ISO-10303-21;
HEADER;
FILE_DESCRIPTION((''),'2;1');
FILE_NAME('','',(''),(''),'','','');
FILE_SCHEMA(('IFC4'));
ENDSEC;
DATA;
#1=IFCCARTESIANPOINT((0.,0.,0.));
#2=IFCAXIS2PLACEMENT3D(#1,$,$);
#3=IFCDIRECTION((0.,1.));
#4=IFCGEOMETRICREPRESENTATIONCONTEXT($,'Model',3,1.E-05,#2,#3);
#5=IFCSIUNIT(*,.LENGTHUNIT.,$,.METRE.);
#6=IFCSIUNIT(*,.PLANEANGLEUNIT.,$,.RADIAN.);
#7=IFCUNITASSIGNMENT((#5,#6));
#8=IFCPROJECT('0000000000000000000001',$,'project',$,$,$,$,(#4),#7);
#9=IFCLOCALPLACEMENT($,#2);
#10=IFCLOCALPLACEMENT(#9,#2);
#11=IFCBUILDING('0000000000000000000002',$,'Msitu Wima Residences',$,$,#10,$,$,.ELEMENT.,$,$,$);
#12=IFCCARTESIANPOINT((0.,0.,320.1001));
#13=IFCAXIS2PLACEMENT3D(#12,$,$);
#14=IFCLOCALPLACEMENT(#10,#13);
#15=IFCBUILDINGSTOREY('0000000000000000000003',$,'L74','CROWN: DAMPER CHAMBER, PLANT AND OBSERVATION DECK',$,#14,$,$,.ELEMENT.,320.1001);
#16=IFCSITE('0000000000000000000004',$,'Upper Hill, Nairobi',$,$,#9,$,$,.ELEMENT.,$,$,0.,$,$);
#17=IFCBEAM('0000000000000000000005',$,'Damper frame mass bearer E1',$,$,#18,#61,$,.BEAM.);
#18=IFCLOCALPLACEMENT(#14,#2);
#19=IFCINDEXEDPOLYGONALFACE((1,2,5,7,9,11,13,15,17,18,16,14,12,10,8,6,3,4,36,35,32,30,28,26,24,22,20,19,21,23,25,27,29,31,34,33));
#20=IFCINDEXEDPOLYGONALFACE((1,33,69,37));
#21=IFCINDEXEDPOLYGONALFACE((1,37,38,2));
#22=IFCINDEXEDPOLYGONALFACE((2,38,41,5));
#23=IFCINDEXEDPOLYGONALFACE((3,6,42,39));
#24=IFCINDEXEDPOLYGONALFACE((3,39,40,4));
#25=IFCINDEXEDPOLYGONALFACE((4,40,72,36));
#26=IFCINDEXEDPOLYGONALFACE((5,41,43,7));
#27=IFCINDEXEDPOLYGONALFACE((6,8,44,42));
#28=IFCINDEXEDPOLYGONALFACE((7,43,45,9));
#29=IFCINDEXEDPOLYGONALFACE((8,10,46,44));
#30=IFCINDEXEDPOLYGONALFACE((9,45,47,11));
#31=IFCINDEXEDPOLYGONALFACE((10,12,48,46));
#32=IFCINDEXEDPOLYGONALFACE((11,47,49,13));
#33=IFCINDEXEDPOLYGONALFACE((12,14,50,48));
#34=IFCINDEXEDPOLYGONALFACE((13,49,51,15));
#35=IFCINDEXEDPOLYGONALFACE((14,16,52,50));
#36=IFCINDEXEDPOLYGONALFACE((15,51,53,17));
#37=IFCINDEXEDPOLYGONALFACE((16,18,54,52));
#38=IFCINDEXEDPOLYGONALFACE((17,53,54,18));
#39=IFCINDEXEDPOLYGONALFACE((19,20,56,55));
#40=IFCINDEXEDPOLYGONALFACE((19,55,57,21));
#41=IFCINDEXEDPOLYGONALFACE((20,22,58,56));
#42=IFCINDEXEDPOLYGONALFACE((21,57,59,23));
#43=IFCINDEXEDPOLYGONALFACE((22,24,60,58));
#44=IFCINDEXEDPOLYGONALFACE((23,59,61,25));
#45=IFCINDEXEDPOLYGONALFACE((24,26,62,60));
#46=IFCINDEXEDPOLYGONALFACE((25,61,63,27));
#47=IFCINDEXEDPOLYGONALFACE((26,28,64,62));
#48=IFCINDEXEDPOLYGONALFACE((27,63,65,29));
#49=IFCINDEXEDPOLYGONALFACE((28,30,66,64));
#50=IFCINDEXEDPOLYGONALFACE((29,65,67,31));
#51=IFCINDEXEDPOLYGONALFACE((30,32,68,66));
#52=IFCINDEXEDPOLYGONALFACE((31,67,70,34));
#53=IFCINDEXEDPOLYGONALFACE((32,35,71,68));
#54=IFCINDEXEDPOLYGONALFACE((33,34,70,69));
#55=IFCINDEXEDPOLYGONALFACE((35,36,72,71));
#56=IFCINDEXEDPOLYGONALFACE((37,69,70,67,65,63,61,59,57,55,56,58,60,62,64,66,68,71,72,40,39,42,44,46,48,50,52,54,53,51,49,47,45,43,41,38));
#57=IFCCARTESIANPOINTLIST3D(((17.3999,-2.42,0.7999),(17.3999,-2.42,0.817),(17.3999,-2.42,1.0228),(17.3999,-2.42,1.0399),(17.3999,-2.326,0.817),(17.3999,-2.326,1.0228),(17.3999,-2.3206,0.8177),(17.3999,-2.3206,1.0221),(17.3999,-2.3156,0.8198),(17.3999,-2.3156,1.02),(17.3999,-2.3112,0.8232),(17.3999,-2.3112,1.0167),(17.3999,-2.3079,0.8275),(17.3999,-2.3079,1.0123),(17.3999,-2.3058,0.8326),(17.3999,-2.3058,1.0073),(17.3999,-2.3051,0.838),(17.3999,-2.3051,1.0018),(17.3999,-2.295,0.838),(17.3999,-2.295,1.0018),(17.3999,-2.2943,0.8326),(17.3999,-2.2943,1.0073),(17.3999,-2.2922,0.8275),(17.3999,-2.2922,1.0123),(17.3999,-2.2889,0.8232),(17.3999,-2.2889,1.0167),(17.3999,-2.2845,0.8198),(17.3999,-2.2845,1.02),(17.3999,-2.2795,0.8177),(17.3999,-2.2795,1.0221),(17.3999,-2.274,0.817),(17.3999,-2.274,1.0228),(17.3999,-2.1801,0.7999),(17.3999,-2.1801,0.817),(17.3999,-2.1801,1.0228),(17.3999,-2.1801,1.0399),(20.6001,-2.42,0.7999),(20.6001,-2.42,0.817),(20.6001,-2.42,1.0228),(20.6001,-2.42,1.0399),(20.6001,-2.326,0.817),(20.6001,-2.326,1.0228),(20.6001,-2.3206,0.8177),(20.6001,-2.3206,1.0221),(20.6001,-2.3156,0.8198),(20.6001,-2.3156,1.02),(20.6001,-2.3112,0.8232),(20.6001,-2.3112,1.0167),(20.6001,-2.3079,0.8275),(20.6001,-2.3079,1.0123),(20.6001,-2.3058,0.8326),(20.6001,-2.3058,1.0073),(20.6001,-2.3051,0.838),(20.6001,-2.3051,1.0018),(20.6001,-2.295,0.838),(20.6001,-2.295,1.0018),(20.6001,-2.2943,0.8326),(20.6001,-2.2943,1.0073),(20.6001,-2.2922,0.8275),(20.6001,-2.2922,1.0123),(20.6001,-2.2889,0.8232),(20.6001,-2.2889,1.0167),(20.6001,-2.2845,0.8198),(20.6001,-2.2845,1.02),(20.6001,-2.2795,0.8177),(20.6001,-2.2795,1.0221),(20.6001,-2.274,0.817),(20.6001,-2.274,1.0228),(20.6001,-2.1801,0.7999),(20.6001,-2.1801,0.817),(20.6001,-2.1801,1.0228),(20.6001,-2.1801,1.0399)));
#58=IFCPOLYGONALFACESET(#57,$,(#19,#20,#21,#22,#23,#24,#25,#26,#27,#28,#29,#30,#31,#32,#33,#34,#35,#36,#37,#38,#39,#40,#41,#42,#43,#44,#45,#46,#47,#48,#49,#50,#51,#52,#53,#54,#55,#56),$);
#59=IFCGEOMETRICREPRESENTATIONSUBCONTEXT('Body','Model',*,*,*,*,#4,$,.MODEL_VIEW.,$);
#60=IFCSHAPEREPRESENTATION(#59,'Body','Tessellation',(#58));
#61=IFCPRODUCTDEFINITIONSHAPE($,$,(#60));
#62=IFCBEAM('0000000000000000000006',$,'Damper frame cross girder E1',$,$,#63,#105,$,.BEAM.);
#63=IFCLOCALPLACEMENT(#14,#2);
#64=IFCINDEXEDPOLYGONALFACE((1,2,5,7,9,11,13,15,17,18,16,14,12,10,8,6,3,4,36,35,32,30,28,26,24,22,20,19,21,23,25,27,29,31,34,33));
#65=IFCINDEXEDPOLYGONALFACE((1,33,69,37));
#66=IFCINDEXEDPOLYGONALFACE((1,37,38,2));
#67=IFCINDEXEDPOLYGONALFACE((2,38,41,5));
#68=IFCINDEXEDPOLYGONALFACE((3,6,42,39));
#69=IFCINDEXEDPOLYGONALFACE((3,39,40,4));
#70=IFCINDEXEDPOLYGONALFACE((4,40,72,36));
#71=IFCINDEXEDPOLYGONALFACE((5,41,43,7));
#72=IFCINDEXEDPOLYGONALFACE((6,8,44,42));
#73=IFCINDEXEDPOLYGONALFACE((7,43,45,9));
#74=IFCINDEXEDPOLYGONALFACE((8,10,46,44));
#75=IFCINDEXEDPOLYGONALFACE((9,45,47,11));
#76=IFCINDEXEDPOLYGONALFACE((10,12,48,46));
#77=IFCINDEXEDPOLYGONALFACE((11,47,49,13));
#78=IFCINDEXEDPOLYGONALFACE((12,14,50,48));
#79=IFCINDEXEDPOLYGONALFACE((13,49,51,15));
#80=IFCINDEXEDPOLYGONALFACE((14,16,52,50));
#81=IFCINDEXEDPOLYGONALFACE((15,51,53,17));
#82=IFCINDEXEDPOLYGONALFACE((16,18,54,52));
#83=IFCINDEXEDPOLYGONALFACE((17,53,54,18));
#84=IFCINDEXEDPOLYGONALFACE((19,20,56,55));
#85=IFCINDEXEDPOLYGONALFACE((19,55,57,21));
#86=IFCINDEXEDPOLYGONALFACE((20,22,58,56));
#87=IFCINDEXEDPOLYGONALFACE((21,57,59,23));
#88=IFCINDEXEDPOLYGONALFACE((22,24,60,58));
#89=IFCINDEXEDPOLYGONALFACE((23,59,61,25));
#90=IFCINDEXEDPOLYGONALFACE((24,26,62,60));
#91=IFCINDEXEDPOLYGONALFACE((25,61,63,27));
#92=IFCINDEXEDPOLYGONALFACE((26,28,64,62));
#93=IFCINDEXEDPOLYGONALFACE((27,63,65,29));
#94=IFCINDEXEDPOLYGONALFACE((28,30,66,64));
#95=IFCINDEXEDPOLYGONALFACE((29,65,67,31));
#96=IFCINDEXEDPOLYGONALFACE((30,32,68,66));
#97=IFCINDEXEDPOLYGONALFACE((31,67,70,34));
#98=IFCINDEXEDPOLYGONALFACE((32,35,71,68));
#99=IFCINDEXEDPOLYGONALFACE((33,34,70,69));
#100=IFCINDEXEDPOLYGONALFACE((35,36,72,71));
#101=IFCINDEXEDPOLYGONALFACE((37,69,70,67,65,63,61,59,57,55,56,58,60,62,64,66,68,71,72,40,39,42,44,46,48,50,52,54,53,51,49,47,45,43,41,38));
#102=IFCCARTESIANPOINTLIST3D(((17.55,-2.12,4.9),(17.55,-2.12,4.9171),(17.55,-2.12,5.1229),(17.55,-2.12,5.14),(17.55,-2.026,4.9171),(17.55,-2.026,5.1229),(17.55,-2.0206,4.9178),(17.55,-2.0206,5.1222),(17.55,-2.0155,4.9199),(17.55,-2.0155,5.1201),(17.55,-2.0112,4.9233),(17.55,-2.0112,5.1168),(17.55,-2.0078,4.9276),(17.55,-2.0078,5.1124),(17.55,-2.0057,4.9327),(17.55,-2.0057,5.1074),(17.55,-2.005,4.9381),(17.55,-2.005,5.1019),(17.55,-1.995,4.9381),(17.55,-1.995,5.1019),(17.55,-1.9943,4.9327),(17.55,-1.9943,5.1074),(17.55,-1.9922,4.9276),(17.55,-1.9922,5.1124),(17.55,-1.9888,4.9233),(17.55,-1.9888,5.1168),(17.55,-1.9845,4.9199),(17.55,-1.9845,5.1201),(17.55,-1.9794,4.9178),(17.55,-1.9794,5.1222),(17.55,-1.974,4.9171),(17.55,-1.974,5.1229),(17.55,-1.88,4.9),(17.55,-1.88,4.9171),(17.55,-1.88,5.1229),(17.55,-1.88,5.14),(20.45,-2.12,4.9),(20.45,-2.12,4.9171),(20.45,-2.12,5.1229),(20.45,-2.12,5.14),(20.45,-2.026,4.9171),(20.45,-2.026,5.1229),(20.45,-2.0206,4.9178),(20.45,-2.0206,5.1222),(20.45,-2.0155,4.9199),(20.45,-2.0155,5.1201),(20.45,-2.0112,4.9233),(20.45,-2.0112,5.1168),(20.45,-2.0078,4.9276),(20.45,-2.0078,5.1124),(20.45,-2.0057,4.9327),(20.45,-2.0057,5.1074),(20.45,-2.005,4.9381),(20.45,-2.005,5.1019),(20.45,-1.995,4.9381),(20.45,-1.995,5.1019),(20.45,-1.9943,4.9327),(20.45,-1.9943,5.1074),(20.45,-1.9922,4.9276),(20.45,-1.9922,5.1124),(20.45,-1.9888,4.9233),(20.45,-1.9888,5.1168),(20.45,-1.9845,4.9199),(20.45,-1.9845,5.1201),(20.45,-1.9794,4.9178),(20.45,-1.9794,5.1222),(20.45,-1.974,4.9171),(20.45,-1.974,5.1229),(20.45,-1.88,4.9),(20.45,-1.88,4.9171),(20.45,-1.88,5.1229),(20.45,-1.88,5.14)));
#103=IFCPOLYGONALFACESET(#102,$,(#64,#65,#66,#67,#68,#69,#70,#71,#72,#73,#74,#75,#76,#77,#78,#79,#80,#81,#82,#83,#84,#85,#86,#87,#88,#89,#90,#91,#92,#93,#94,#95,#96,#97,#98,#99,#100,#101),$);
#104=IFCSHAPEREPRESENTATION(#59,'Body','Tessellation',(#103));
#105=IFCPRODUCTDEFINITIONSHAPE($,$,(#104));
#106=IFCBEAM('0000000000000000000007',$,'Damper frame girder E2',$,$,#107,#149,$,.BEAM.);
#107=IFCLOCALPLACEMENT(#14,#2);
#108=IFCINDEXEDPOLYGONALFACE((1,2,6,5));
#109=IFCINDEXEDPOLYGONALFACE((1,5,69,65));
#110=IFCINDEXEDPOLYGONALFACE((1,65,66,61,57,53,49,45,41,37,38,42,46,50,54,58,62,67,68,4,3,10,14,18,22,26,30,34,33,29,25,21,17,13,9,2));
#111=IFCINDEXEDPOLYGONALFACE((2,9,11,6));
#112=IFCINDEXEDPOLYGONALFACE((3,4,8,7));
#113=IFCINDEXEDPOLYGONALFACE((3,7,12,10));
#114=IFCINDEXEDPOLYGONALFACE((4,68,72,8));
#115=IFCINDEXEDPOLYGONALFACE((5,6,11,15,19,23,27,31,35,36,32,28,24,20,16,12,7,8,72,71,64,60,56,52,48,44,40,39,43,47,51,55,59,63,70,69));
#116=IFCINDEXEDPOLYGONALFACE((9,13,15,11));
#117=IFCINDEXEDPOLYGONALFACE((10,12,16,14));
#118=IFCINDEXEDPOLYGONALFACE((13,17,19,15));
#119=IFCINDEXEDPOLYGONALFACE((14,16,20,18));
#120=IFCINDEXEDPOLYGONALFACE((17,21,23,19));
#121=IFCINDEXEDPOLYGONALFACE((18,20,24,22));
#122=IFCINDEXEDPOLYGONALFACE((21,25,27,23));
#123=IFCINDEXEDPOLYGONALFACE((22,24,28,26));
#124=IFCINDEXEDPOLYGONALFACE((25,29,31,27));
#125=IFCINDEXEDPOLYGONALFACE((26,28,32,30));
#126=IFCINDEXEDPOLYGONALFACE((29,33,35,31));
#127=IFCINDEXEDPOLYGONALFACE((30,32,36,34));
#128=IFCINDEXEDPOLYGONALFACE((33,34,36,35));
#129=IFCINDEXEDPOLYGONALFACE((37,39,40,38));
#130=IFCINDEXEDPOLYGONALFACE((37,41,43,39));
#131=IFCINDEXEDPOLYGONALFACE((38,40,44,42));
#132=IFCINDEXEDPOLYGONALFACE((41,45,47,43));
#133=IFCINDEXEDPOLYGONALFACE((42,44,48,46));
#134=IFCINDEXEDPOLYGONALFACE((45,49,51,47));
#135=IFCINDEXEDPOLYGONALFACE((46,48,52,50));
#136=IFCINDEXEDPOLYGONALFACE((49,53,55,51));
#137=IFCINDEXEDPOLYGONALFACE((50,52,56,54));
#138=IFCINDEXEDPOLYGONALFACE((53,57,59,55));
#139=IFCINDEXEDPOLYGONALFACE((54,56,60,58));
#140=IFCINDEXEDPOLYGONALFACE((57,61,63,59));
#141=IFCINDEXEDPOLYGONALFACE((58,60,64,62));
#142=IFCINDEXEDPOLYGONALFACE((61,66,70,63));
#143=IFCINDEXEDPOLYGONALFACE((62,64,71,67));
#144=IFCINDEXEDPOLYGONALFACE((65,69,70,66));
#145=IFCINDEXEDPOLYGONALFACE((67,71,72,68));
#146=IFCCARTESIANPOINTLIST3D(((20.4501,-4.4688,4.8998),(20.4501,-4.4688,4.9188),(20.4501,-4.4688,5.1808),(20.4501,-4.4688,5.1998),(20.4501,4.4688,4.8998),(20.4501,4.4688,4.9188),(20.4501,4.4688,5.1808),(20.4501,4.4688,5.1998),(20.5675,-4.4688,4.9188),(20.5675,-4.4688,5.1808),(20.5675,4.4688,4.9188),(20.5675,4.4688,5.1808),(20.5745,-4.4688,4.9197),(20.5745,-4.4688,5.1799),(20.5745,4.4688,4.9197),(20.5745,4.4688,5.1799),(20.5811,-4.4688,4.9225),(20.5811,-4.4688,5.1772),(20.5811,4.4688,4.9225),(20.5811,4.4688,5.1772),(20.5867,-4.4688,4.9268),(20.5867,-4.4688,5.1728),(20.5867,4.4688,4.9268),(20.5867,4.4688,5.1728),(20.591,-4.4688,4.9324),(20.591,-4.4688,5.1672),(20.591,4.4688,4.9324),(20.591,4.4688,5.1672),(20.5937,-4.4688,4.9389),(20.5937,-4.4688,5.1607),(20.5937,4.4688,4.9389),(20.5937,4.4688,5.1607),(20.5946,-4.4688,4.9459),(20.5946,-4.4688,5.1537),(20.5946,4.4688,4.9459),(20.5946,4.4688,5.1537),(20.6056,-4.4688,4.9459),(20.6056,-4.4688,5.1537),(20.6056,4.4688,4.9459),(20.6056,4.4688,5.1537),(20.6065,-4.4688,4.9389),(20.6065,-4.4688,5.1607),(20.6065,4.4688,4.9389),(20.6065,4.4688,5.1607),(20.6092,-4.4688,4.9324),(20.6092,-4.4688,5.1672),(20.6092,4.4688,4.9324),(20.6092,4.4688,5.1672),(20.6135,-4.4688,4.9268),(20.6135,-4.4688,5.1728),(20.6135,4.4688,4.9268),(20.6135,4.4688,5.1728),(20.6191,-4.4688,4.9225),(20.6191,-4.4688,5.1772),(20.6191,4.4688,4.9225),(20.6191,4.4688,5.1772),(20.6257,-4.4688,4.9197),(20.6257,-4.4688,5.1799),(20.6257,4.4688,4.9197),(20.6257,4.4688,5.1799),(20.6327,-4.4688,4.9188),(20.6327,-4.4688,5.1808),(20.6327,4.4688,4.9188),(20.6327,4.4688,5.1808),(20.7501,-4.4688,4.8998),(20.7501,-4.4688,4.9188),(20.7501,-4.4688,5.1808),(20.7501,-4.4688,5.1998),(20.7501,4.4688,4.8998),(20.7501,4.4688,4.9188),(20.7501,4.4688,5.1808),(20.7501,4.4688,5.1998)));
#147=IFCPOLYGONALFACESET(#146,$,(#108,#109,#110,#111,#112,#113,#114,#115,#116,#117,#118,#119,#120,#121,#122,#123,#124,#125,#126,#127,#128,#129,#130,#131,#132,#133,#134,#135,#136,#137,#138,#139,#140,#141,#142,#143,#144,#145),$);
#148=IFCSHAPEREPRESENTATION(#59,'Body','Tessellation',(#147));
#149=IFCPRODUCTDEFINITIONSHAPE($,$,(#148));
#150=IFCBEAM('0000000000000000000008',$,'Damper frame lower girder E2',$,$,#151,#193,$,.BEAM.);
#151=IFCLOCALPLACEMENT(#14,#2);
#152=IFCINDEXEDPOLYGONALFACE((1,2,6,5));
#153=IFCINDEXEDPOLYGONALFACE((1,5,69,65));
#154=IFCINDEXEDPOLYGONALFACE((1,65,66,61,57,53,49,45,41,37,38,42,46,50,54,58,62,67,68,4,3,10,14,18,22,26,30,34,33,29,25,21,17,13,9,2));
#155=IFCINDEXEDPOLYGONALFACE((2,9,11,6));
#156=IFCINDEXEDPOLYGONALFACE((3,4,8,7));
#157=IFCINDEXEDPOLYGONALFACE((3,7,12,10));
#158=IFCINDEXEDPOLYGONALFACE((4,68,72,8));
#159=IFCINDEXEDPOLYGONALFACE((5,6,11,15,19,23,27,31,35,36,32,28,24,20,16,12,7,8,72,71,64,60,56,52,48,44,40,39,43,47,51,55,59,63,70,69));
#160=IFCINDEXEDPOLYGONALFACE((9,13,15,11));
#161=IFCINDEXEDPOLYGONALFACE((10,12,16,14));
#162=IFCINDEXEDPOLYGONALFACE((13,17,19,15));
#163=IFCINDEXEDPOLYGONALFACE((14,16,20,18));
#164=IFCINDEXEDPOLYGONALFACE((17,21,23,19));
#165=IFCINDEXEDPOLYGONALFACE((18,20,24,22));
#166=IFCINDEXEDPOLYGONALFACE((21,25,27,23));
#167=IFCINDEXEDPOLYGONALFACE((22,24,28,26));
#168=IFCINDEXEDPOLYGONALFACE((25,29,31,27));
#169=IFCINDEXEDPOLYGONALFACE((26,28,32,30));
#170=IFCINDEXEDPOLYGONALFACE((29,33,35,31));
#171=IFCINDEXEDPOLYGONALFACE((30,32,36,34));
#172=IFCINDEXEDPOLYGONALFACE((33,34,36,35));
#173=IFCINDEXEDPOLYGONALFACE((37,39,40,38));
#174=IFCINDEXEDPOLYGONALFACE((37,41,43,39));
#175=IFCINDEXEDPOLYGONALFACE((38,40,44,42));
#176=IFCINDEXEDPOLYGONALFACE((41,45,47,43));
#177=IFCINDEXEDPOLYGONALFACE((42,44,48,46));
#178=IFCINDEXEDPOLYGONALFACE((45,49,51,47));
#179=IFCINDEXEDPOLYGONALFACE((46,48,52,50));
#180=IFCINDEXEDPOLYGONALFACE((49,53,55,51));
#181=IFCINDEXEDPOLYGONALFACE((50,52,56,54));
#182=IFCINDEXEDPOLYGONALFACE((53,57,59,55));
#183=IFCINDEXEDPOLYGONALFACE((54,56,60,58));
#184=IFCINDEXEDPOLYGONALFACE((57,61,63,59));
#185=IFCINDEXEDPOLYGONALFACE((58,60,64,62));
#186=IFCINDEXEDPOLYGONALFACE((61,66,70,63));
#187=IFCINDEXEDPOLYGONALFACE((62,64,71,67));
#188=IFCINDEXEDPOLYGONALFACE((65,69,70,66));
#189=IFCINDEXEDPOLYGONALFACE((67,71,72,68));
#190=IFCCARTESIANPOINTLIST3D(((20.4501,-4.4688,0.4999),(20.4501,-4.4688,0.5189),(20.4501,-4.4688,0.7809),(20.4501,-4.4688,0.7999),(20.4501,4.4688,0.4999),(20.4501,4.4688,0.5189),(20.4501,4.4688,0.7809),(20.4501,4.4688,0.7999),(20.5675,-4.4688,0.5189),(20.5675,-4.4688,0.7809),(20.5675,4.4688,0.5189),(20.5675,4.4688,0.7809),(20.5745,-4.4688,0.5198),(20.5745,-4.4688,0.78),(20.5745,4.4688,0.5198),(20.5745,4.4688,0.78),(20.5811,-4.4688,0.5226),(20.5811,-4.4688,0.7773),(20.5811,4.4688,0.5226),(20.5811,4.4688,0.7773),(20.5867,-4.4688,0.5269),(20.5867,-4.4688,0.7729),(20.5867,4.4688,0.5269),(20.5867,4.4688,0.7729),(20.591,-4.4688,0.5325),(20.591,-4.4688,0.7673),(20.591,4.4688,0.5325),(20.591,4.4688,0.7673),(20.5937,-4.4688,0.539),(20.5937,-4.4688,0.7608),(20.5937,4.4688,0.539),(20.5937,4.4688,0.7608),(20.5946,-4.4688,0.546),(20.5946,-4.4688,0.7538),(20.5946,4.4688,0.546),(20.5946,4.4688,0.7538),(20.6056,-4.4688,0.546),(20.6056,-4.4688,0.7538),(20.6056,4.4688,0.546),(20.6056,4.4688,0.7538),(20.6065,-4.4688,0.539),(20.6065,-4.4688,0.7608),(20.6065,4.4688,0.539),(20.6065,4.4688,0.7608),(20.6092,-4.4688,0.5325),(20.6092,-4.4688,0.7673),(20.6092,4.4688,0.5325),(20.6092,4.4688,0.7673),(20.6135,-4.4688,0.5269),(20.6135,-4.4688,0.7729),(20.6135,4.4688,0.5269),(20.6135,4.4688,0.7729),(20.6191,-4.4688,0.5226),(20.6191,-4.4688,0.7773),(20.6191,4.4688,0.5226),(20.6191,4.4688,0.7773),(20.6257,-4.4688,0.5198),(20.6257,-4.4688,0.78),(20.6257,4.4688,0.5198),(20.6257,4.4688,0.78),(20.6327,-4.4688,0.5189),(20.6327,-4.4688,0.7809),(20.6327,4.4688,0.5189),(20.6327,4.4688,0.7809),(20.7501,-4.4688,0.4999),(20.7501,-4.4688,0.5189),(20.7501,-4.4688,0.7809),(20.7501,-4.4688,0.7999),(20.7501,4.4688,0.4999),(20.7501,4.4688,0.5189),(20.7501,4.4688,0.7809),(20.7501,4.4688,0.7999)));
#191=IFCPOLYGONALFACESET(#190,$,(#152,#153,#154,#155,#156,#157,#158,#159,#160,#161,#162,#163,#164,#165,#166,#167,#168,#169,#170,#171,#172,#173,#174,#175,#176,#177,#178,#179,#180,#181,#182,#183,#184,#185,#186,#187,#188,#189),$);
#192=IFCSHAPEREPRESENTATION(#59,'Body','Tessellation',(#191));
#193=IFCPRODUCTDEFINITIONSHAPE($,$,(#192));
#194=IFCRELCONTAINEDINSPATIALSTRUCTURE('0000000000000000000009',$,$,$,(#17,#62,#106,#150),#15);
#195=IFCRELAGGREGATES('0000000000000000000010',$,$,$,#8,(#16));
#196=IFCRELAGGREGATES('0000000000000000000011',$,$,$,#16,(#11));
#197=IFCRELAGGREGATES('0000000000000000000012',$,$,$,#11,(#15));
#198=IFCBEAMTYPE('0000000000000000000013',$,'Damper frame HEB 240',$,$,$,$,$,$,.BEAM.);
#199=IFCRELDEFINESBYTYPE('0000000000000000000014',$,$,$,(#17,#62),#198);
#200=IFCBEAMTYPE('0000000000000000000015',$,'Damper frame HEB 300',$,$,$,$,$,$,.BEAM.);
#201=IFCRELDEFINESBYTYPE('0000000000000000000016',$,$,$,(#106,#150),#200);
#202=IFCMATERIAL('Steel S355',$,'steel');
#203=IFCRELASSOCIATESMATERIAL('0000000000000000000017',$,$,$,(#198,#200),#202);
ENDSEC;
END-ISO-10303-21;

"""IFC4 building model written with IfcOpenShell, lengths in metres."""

from ifc_helpers import new_model, si_unit, direction, frame, origin, origin_2d, place, context, subcontext, project, spatial, i_section, extrude, material, material_profile, profile_set, type_object, element, save


model = new_model("IFC4")

# Units and contexts
model_context = context("Model", 3, precision=1e-05, world=origin(), true_north=direction((0.0, 1.0)))
body_context = subcontext(model_context, "Body", "Model", "MODEL_VIEW")
ifc_project = project(units=[si_unit("LENGTHUNIT", "METRE"), si_unit("PLANEANGLEUNIT", "RADIAN")], contexts=[model_context])

# Site, building, storey
site_placement = place(None, origin())
site = spatial("IfcSite", under=ifc_project, at=site_placement, Name="Upper Hill, Nairobi", CompositionType="ELEMENT", RefElevation=0.0)
building_placement = place(site_placement, origin())
building = spatial("IfcBuilding", under=site, at=building_placement, Name="Msitu Wima Residences", CompositionType="ELEMENT")
storey_placement = place(building_placement, frame((0.0, 0.0, 320.1001)))
storey = spatial("IfcBuildingStorey", under=building, at=storey_placement, Name="L74", Description="CROWN: DAMPER CHAMBER, PLANT AND OBSERVATION DECK", CompositionType="ELEMENT", Elevation=320.1001)

# Shared definitions
ifc_material_1 = material(Name="Steel S355", Category="steel")

# Beams
ifc_material_profile_1 = material_profile(ifc_material_1, i_section(OverallWidth=0.24, OverallDepth=0.24, WebThickness=0.01, FlangeThickness=0.0171, FilletRadius=0.021, at=origin_2d()), Name="HEB 240")
ifc_profile_set_1 = profile_set([ifc_material_profile_1], Name="Steel S355")
beam_type_1 = type_object("IfcBeamType", Name="Damper frame HEB 240", PredefinedType="BEAM", material=ifc_profile_set_1)
beam_1_placement = place(storey_placement, frame((17.3999, -2.3, 0.9199), z_axis=(1.0, 0.0, 0.0), x_axis=(0.0, 1.0, 0.0)))
element("IfcBeam", 1, at=beam_1_placement, inside=storey, type_object=beam_type_1, Name="Damper frame mass bearer E1", PredefinedType="BEAM", context=body_context, shape_type="SweptSolid", body=[
    extrude(i_section(OverallWidth=0.24, OverallDepth=0.24, WebThickness=0.01, FlangeThickness=0.0171, FilletRadius=0.021, at=origin_2d()), origin(), (0.0, 0.0, 1.0), 3.2002),
])
beam_2_placement = place(storey_placement, frame((17.55, -2.0, 5.02), z_axis=(1.0, 0.0, 0.0), x_axis=(0.0, 1.0, 0.0)))
element("IfcBeam", 2, at=beam_2_placement, inside=storey, type_object=beam_type_1, Name="Damper frame cross girder E1", PredefinedType="BEAM", context=body_context, shape_type="SweptSolid", body=[
    extrude(i_section(OverallWidth=0.24, OverallDepth=0.24, WebThickness=0.01, FlangeThickness=0.0171, FilletRadius=0.021, at=origin_2d()), origin(), (0.0, 0.0, 1.0), 2.8999),
])
ifc_material_profile_2 = material_profile(ifc_material_1, i_section(OverallWidth=0.3, OverallDepth=0.3, WebThickness=0.011, FlangeThickness=0.019, FilletRadius=0.0271, at=origin_2d()), Name="HEB 300")
ifc_profile_set_2 = profile_set([ifc_material_profile_2], Name="Steel S355")
beam_type_2 = type_object("IfcBeamType", Name="Damper frame HEB 300", PredefinedType="BEAM", material=ifc_profile_set_2)
for number, where, z_axis, x_axis, name in (
    (3, (20.6001, -4.4688, 5.0498), (0.0, 1.0, 0.0), (-1.0, 0.0, 0.0), "Damper frame girder E2"),
    (4, (20.6001, -4.4688, 0.6499), (0.0, 1.0, 0.0), (-1.0, 0.0, 0.0), "Damper frame lower girder E2"),
):
    element("IfcBeam", number, at=place(storey_placement, frame(where, z_axis=z_axis, x_axis=x_axis)), inside=storey, type_object=beam_type_2, Name=name, PredefinedType="BEAM", context=body_context, shape_type="SweptSolid", body=[
        extrude(i_section(OverallWidth=0.3, OverallDepth=0.3, WebThickness=0.011, FlangeThickness=0.019, FilletRadius=0.0271, at=origin_2d()), origin(), (0.0, 0.0, 1.0), 8.9375),
    ])

save(model, "model.ifc")
